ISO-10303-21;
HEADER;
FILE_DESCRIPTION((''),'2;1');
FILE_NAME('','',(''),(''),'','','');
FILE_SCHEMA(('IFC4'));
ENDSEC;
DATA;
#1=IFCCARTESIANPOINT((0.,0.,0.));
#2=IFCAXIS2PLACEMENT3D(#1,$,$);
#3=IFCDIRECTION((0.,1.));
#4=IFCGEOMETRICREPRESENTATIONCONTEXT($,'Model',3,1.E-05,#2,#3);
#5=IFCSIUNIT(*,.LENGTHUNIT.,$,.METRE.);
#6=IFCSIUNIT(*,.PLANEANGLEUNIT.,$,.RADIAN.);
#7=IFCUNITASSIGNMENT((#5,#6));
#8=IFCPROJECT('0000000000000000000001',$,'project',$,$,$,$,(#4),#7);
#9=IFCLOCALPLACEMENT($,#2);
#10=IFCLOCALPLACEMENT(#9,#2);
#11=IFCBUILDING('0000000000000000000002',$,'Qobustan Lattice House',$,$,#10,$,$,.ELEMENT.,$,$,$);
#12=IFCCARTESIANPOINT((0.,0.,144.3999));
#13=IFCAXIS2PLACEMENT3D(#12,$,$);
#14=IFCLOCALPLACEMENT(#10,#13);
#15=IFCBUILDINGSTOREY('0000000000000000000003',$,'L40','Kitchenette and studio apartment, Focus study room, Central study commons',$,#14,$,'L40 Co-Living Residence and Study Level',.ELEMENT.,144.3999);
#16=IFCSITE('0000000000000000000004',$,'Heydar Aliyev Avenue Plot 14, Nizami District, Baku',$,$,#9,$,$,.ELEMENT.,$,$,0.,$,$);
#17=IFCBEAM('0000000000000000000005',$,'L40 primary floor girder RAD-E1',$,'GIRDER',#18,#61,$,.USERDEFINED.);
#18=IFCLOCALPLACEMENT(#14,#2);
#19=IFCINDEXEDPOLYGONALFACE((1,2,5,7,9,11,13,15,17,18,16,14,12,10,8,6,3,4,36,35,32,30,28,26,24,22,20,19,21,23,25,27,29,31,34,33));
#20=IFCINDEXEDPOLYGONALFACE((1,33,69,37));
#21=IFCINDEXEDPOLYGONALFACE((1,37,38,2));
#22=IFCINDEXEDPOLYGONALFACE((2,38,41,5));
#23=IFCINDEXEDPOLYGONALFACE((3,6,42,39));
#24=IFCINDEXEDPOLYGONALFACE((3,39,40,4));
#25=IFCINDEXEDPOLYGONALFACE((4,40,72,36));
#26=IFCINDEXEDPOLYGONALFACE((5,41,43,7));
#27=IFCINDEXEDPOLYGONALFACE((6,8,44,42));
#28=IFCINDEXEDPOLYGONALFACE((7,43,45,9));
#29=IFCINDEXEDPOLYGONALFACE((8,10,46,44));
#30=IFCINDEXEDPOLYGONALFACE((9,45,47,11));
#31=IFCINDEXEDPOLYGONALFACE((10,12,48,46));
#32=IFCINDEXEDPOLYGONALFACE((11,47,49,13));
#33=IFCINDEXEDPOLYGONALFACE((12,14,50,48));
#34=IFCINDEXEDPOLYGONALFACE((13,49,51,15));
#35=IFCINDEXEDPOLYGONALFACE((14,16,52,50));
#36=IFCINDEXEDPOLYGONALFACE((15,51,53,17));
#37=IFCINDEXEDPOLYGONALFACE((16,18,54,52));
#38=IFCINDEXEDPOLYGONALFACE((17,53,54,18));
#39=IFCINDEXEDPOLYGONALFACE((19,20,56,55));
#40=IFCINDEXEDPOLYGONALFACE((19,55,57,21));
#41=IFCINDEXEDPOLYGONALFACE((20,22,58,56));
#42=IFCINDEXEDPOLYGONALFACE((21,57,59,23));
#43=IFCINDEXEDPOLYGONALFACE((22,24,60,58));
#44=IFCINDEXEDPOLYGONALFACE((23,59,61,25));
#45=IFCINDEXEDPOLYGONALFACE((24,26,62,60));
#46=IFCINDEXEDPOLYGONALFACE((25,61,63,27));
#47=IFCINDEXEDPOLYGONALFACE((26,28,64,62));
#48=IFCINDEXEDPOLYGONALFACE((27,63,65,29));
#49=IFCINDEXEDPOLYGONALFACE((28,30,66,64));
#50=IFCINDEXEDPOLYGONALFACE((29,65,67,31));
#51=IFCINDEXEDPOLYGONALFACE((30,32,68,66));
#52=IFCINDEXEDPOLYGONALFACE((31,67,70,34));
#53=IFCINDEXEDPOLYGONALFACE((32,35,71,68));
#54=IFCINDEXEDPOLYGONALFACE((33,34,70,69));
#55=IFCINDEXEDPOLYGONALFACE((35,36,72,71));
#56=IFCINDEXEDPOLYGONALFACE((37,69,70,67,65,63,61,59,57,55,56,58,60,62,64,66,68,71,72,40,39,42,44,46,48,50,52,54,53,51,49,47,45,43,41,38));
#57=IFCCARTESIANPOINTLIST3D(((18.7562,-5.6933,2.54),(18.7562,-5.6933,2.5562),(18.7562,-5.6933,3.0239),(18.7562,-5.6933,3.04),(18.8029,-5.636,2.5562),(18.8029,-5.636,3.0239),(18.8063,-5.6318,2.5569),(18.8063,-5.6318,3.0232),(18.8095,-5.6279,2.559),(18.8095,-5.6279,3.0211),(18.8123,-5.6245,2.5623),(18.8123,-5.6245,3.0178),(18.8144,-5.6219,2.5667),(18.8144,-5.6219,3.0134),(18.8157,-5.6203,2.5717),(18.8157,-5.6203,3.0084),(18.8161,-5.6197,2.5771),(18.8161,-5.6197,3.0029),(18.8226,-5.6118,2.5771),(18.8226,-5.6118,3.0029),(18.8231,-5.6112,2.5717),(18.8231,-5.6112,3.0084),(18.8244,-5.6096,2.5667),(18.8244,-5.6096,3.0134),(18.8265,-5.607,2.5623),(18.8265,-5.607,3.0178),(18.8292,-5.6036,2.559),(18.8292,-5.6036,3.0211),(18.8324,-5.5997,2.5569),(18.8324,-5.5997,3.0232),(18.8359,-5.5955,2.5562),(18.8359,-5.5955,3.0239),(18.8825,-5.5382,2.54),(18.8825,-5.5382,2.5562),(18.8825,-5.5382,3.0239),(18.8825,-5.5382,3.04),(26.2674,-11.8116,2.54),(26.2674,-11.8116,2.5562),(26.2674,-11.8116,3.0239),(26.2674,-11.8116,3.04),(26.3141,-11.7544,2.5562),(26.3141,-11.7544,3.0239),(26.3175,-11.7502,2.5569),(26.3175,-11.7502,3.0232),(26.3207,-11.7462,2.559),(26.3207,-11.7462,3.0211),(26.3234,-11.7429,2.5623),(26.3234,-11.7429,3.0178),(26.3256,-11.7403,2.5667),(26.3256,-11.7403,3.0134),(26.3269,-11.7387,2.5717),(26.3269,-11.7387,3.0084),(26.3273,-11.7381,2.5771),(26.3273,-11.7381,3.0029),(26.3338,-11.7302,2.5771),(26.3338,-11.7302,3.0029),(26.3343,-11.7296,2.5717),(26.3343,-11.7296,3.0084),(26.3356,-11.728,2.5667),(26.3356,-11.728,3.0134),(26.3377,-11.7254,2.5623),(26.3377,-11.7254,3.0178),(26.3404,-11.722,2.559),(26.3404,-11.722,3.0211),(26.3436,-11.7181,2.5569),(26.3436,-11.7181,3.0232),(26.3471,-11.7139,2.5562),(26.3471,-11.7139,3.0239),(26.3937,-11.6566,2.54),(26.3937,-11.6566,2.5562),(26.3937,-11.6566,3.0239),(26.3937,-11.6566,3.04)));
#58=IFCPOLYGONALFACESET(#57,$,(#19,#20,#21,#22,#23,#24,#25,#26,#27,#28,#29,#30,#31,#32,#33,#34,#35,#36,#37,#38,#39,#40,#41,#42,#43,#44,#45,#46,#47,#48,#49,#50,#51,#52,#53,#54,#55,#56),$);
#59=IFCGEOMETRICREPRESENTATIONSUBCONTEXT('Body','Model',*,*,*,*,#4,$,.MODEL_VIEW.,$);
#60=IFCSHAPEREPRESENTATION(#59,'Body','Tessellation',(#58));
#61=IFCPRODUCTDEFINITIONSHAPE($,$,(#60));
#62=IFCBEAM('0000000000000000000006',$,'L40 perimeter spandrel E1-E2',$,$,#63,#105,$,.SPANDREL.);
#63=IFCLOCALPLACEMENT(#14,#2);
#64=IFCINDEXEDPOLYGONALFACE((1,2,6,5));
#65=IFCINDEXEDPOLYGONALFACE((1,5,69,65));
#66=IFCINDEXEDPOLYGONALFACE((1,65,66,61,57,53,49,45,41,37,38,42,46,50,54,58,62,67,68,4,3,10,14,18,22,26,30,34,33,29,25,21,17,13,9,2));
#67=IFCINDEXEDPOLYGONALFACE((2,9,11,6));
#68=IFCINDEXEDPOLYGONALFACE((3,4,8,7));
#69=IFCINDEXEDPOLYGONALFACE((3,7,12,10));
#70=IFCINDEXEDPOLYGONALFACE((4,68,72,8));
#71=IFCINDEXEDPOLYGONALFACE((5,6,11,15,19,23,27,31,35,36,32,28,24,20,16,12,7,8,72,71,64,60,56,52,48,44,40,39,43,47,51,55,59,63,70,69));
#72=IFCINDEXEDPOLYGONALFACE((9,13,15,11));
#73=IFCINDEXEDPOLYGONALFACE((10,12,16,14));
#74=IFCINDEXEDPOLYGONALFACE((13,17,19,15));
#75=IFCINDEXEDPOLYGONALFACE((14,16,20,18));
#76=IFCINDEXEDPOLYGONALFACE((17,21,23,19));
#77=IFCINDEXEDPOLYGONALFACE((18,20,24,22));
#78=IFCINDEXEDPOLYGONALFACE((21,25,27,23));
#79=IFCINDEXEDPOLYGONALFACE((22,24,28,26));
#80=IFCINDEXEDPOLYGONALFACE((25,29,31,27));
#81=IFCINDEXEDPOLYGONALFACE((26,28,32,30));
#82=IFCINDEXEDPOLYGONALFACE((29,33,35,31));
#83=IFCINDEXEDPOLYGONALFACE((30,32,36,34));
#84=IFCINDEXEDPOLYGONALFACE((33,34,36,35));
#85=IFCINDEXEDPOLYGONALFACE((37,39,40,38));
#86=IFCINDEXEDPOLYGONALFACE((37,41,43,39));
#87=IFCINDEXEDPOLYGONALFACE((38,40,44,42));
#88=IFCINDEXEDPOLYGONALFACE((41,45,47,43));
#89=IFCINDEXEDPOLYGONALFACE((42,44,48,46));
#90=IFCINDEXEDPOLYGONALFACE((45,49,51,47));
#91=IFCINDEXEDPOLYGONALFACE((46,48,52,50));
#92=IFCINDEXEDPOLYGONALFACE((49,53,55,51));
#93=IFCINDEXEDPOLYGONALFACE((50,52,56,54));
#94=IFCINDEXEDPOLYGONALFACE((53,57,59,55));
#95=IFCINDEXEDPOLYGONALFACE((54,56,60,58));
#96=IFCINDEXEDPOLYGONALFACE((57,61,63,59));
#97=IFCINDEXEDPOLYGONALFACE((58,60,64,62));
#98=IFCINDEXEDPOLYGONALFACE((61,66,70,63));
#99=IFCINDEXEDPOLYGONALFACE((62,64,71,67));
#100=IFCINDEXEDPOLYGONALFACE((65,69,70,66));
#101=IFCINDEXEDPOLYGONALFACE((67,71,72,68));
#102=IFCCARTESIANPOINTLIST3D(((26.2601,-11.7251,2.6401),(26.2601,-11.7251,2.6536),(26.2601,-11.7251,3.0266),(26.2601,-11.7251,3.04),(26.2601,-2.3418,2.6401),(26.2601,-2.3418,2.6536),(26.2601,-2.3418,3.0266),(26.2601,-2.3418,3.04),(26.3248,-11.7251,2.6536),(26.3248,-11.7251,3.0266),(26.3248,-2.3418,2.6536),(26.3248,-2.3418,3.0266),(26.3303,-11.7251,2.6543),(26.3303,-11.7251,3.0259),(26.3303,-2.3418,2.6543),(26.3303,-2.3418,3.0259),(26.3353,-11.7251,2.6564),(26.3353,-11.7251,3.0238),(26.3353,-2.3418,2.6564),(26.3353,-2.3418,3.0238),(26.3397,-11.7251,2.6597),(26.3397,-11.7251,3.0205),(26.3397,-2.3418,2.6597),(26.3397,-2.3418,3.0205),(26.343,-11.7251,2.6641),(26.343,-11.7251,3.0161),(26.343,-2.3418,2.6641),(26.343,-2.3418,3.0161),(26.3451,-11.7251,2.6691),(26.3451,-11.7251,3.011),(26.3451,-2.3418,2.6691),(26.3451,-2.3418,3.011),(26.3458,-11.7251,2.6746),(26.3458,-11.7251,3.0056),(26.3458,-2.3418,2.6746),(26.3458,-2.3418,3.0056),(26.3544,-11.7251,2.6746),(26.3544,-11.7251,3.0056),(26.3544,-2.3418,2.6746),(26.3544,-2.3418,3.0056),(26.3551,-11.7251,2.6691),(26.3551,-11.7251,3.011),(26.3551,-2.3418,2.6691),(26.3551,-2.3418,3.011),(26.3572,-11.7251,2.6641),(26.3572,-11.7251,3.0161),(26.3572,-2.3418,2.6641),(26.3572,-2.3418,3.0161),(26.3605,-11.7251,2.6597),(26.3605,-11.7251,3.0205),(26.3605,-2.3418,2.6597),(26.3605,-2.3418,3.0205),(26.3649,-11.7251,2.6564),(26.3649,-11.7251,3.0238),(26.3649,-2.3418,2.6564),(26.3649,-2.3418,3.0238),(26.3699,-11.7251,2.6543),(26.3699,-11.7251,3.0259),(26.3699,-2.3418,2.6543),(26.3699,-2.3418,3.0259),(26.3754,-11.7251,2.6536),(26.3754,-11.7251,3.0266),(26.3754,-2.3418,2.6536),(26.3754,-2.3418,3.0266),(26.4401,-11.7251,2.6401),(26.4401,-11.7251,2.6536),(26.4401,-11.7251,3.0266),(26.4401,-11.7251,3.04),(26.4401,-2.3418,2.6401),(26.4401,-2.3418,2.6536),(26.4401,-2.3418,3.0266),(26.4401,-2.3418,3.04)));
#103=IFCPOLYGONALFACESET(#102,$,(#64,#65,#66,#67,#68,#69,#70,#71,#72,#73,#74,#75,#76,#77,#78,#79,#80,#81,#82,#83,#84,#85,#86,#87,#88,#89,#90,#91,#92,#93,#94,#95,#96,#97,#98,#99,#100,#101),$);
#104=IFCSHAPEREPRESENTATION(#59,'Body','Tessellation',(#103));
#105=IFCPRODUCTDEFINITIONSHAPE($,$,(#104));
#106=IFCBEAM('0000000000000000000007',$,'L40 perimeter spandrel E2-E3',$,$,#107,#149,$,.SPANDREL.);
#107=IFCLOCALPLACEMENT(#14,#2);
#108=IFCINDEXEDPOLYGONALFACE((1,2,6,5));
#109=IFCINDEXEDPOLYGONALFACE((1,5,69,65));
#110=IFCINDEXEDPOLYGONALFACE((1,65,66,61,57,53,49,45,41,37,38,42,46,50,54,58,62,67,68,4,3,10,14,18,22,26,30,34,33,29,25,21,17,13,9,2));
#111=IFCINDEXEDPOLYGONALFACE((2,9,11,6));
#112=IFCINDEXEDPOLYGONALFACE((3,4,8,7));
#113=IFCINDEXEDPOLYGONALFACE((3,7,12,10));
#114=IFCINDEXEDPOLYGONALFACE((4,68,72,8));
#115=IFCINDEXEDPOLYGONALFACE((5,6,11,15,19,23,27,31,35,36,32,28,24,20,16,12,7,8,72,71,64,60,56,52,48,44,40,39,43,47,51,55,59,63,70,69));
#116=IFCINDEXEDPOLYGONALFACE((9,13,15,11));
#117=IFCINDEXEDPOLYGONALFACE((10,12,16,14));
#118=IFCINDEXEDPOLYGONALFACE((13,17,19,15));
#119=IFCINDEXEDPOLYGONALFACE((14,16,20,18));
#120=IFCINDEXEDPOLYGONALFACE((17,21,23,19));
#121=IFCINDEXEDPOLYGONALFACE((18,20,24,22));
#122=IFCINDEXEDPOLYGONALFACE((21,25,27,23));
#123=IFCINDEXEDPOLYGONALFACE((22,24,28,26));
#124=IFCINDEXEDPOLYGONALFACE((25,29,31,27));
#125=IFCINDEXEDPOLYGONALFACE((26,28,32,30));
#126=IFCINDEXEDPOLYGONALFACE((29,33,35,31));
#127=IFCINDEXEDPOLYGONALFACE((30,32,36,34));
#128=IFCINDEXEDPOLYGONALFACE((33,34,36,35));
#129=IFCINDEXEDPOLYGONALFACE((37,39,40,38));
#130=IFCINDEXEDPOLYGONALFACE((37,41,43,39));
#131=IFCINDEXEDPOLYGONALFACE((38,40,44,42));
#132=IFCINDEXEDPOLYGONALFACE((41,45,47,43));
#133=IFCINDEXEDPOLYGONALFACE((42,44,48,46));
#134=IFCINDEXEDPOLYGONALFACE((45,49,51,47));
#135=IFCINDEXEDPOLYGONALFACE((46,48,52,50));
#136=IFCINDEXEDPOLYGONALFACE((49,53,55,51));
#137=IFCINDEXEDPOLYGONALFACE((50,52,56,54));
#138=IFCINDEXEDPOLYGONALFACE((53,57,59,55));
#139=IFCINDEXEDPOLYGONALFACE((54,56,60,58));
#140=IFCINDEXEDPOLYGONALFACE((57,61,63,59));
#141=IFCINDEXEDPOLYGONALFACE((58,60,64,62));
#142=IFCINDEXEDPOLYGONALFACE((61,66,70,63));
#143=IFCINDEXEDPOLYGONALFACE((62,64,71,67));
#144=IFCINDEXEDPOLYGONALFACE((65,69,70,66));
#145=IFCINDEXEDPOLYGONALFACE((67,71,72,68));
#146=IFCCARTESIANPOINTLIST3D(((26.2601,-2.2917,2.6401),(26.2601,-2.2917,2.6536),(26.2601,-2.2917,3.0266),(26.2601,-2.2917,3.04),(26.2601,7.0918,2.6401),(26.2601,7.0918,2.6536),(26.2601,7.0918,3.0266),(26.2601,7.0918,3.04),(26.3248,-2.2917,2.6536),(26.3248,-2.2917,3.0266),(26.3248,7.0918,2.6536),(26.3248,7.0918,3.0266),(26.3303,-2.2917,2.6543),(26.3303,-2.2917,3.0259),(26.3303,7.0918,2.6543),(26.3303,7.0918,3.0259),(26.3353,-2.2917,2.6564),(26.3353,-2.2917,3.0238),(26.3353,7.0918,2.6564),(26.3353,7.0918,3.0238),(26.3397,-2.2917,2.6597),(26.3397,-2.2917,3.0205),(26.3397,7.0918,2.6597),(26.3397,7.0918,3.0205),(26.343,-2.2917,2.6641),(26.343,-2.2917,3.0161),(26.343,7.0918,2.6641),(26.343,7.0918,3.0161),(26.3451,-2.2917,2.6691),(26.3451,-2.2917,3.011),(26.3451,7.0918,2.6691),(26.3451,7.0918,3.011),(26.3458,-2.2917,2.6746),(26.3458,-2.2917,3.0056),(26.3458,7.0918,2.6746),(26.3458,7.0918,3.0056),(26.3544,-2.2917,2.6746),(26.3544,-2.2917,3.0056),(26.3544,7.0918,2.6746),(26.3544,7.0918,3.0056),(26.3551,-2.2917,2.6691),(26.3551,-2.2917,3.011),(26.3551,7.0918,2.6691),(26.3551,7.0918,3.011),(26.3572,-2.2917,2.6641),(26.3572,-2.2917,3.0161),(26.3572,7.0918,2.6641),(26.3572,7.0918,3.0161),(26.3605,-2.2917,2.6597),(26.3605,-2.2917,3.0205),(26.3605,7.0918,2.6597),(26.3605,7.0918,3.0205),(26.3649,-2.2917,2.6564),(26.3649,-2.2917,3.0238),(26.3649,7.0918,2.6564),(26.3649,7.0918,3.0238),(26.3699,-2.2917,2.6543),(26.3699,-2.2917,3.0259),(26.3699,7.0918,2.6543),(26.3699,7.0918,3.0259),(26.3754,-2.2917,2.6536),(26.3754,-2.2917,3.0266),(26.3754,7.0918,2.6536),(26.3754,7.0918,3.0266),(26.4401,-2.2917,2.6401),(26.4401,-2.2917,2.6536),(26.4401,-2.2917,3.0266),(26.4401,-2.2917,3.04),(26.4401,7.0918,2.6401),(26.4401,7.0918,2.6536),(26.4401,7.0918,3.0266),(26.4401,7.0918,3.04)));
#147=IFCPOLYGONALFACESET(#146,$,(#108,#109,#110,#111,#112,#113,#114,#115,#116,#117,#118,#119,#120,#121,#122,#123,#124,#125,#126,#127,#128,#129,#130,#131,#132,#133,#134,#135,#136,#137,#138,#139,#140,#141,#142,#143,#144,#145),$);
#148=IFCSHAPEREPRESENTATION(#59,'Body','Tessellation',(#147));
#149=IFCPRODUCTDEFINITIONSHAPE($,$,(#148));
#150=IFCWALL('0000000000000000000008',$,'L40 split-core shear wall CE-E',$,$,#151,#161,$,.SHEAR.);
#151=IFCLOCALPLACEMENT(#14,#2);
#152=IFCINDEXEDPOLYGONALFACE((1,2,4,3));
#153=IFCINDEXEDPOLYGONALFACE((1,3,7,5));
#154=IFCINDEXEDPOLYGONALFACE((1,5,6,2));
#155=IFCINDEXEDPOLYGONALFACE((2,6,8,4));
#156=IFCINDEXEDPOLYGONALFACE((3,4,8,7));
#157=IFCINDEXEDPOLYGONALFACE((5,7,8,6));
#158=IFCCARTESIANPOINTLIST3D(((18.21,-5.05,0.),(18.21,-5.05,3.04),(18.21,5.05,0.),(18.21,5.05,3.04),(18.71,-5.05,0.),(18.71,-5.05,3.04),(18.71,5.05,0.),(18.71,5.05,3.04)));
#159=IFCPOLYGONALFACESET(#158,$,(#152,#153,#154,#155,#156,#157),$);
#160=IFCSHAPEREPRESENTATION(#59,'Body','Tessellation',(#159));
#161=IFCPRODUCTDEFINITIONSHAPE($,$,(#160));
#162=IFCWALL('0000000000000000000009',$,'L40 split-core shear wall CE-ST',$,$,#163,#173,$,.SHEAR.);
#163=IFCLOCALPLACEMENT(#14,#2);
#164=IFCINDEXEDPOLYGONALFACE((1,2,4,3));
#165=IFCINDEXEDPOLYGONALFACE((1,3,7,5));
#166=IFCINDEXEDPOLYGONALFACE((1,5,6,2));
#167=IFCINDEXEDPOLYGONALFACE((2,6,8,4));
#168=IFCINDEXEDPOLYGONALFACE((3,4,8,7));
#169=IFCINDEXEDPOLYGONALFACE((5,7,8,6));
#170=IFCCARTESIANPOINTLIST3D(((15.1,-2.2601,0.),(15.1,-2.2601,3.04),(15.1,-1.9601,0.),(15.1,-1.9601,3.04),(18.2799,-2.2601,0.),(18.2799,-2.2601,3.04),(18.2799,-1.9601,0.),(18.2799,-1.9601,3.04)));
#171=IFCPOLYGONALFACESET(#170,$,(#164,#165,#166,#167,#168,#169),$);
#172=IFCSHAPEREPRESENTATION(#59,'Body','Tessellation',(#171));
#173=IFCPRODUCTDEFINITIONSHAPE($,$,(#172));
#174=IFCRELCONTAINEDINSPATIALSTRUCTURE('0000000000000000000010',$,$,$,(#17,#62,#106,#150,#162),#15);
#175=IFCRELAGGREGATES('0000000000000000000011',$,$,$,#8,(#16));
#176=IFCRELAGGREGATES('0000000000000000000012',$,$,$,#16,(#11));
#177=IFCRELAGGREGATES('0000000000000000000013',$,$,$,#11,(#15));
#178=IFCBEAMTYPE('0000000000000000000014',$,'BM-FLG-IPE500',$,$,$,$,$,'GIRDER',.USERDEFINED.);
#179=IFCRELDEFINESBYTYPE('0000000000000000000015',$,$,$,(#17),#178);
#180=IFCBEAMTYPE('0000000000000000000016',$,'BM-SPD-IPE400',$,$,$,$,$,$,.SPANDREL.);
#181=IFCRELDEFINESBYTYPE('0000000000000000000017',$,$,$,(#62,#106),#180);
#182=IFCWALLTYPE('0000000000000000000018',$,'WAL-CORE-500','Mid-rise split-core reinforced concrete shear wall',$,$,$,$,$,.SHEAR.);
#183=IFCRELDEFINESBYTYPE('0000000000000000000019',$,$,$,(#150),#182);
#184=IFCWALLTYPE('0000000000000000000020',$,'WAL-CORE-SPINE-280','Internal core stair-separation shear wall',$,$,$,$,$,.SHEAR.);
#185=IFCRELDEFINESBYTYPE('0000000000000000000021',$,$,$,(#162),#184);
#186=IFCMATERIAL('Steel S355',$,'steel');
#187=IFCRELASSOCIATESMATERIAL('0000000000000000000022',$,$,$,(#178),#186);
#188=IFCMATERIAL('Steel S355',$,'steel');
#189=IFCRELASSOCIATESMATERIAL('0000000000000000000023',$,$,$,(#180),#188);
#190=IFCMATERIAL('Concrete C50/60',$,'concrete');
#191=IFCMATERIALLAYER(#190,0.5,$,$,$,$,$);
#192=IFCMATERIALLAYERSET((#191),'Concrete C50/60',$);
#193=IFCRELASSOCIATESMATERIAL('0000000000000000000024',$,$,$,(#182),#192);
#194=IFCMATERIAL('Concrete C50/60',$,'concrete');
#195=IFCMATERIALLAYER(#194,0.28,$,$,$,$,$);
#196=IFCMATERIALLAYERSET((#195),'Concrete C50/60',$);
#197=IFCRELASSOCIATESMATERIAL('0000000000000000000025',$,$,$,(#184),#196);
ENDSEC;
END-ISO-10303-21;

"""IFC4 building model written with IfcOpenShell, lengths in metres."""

from ifc_helpers import new_model, si_unit, direction, frame, frame_2d, origin, origin_2d, place, context, subcontext, project, spatial, rectangle, i_section, extrude, material, layer, layer_set, material_profile, profile_set, type_object, element, save


model = new_model("IFC4")

# Units and contexts
model_context = context("Model", 3, precision=1e-05, world=origin(), true_north=direction((0.0, 1.0)))
body_context = subcontext(model_context, "Body", "Model", "MODEL_VIEW")
ifc_project = project(units=[si_unit("LENGTHUNIT", "METRE"), si_unit("PLANEANGLEUNIT", "RADIAN")], contexts=[model_context])

# Site, building, storey
site_placement = place(None, origin())
site = spatial("IfcSite", under=ifc_project, at=site_placement, Name="Heydar Aliyev Avenue Plot 14, Nizami District, Baku", CompositionType="ELEMENT", RefElevation=0.0)
building_placement = place(site_placement, origin())
building = spatial("IfcBuilding", under=site, at=building_placement, Name="Qobustan Lattice House", CompositionType="ELEMENT")
storey_placement = place(building_placement, frame((0.0, 0.0, 144.3999)))
storey = spatial("IfcBuildingStorey", under=building, at=storey_placement, Name="L40", Description="Kitchenette and studio apartment, Focus study room, Central study commons", LongName="L40 Co-Living Residence and Study Level", CompositionType="ELEMENT", Elevation=144.3999)

# Beams
ifc_material_1 = material(Name="Steel S355", Category="steel")
ifc_material_profile_1 = material_profile(ifc_material_1, i_section(OverallWidth=0.2, OverallDepth=0.5, WebThickness=0.0103, FlangeThickness=0.0161, FilletRadius=0.021, at=origin_2d()), Name="IPE500")
ifc_profile_set_1 = profile_set([ifc_material_profile_1], Name="Steel S355")
beam_type_1 = type_object("IfcBeamType", Name="BM-FLG-IPE500", ElementType="GIRDER", PredefinedType="USERDEFINED", material=ifc_profile_set_1)
beam_1_placement = place(storey_placement, frame((26.3306, -11.7341, 2.79), z_axis=(-0.775329, 0.631558, 0.0), x_axis=(-0.631558, -0.775329, 0.0)))
element("IfcBeam", 1, at=beam_1_placement, inside=storey, type_object=beam_type_1, Name="L40 primary floor girder RAD-E1", ObjectType="GIRDER", PredefinedType="USERDEFINED", context=body_context, shape_type="SweptSolid", body=[
    extrude(i_section(OverallWidth=0.2, OverallDepth=0.5, WebThickness=0.0103, FlangeThickness=0.0161, FilletRadius=0.021, at=origin_2d()), origin(), (0.0, 0.0, 1.0), 9.6877),
])
ifc_material_2 = material(Name="Steel S355", Category="steel")
ifc_material_profile_2 = material_profile(ifc_material_2, i_section(OverallWidth=0.1799, OverallDepth=0.3999, WebThickness=0.0085, FlangeThickness=0.0134, FilletRadius=0.021, at=origin_2d()), Name="IPE400")
ifc_profile_set_2 = profile_set([ifc_material_profile_2], Name="Steel S355")
beam_type_2 = type_object("IfcBeamType", Name="BM-SPD-IPE400", PredefinedType="SPANDREL", material=ifc_profile_set_2)
beam_2_placement = place(storey_placement, frame((26.3501, -11.7251, 2.8401), z_axis=(0.0, 1.0, 0.0), x_axis=(-1.0, 0.0, 0.0)))
element("IfcBeam", 2, at=beam_2_placement, inside=storey, type_object=beam_type_2, Name="L40 perimeter spandrel E1-E2", PredefinedType="SPANDREL", context=body_context, shape_type="SweptSolid", body=[
    extrude(i_section(OverallWidth=0.1799, OverallDepth=0.3999, WebThickness=0.0085, FlangeThickness=0.0134, FilletRadius=0.021, at=origin_2d()), origin(), (0.0, 0.0, 1.0), 9.3833),
])
beam_3_placement = place(storey_placement, frame((26.3501, -2.2917, 2.8401), z_axis=(0.0, 1.0, 0.0), x_axis=(-1.0, 0.0, 0.0)))
element("IfcBeam", 3, at=beam_3_placement, inside=storey, type_object=beam_type_2, Name="L40 perimeter spandrel E2-E3", PredefinedType="SPANDREL", context=body_context, shape_type="SweptSolid", body=[
    extrude(i_section(OverallWidth=0.1799, OverallDepth=0.3999, WebThickness=0.0085, FlangeThickness=0.0134, FilletRadius=0.021, at=origin_2d()), origin(), (0.0, 0.0, 1.0), 9.3835),
])

# Walls
ifc_material_3 = material(Name="Concrete C50/60", Category="concrete")
ifc_layer_1 = layer(ifc_material_3, 0.5)
ifc_layer_set_1 = layer_set([ifc_layer_1], Name="Concrete C50/60")
wall_type_1 = type_object("IfcWallType", Name="WAL-CORE-500", Description="Mid-rise split-core reinforced concrete shear wall", PredefinedType="SHEAR", material=ifc_layer_set_1)
wall_1_placement = place(storey_placement, frame((18.46, -5.05, 0.0), z_axis=(0.0, 0.0, 1.0), x_axis=(0.0, 1.0, 0.0)))
element("IfcWall", 4, at=wall_1_placement, inside=storey, type_object=wall_type_1, Name="L40 split-core shear wall CE-E", PredefinedType="SHEAR", context=body_context, shape_type="SweptSolid", body=[
    extrude(rectangle(XDim=10.1001, YDim=0.5, at=frame_2d((5.05, 0.0))), origin(), (0.0, 0.0, 1.0), 3.04),
])
ifc_material_4 = material(Name="Concrete C50/60", Category="concrete")
ifc_layer_2 = layer(ifc_material_4, 0.28)
ifc_layer_set_2 = layer_set([ifc_layer_2], Name="Concrete C50/60")
wall_type_2 = type_object("IfcWallType", Name="WAL-CORE-SPINE-280", Description="Internal core stair-separation shear wall", PredefinedType="SHEAR", material=ifc_layer_set_2)
wall_2_placement = place(storey_placement, frame((15.1001, -2.1101, 0.0), z_axis=(0.0, 0.0, 1.0), x_axis=(1.0, 0.0, 0.0)))
element("IfcWall", 5, at=wall_2_placement, inside=storey, type_object=wall_type_2, Name="L40 split-core shear wall CE-ST", PredefinedType="SHEAR", context=body_context, shape_type="SweptSolid", body=[
    extrude(rectangle(XDim=3.1799, YDim=0.3, at=frame_2d((1.5898, 0.0))), origin(), (0.0, 0.0, 1.0), 3.04),
])

save(model, "model.ifc")
